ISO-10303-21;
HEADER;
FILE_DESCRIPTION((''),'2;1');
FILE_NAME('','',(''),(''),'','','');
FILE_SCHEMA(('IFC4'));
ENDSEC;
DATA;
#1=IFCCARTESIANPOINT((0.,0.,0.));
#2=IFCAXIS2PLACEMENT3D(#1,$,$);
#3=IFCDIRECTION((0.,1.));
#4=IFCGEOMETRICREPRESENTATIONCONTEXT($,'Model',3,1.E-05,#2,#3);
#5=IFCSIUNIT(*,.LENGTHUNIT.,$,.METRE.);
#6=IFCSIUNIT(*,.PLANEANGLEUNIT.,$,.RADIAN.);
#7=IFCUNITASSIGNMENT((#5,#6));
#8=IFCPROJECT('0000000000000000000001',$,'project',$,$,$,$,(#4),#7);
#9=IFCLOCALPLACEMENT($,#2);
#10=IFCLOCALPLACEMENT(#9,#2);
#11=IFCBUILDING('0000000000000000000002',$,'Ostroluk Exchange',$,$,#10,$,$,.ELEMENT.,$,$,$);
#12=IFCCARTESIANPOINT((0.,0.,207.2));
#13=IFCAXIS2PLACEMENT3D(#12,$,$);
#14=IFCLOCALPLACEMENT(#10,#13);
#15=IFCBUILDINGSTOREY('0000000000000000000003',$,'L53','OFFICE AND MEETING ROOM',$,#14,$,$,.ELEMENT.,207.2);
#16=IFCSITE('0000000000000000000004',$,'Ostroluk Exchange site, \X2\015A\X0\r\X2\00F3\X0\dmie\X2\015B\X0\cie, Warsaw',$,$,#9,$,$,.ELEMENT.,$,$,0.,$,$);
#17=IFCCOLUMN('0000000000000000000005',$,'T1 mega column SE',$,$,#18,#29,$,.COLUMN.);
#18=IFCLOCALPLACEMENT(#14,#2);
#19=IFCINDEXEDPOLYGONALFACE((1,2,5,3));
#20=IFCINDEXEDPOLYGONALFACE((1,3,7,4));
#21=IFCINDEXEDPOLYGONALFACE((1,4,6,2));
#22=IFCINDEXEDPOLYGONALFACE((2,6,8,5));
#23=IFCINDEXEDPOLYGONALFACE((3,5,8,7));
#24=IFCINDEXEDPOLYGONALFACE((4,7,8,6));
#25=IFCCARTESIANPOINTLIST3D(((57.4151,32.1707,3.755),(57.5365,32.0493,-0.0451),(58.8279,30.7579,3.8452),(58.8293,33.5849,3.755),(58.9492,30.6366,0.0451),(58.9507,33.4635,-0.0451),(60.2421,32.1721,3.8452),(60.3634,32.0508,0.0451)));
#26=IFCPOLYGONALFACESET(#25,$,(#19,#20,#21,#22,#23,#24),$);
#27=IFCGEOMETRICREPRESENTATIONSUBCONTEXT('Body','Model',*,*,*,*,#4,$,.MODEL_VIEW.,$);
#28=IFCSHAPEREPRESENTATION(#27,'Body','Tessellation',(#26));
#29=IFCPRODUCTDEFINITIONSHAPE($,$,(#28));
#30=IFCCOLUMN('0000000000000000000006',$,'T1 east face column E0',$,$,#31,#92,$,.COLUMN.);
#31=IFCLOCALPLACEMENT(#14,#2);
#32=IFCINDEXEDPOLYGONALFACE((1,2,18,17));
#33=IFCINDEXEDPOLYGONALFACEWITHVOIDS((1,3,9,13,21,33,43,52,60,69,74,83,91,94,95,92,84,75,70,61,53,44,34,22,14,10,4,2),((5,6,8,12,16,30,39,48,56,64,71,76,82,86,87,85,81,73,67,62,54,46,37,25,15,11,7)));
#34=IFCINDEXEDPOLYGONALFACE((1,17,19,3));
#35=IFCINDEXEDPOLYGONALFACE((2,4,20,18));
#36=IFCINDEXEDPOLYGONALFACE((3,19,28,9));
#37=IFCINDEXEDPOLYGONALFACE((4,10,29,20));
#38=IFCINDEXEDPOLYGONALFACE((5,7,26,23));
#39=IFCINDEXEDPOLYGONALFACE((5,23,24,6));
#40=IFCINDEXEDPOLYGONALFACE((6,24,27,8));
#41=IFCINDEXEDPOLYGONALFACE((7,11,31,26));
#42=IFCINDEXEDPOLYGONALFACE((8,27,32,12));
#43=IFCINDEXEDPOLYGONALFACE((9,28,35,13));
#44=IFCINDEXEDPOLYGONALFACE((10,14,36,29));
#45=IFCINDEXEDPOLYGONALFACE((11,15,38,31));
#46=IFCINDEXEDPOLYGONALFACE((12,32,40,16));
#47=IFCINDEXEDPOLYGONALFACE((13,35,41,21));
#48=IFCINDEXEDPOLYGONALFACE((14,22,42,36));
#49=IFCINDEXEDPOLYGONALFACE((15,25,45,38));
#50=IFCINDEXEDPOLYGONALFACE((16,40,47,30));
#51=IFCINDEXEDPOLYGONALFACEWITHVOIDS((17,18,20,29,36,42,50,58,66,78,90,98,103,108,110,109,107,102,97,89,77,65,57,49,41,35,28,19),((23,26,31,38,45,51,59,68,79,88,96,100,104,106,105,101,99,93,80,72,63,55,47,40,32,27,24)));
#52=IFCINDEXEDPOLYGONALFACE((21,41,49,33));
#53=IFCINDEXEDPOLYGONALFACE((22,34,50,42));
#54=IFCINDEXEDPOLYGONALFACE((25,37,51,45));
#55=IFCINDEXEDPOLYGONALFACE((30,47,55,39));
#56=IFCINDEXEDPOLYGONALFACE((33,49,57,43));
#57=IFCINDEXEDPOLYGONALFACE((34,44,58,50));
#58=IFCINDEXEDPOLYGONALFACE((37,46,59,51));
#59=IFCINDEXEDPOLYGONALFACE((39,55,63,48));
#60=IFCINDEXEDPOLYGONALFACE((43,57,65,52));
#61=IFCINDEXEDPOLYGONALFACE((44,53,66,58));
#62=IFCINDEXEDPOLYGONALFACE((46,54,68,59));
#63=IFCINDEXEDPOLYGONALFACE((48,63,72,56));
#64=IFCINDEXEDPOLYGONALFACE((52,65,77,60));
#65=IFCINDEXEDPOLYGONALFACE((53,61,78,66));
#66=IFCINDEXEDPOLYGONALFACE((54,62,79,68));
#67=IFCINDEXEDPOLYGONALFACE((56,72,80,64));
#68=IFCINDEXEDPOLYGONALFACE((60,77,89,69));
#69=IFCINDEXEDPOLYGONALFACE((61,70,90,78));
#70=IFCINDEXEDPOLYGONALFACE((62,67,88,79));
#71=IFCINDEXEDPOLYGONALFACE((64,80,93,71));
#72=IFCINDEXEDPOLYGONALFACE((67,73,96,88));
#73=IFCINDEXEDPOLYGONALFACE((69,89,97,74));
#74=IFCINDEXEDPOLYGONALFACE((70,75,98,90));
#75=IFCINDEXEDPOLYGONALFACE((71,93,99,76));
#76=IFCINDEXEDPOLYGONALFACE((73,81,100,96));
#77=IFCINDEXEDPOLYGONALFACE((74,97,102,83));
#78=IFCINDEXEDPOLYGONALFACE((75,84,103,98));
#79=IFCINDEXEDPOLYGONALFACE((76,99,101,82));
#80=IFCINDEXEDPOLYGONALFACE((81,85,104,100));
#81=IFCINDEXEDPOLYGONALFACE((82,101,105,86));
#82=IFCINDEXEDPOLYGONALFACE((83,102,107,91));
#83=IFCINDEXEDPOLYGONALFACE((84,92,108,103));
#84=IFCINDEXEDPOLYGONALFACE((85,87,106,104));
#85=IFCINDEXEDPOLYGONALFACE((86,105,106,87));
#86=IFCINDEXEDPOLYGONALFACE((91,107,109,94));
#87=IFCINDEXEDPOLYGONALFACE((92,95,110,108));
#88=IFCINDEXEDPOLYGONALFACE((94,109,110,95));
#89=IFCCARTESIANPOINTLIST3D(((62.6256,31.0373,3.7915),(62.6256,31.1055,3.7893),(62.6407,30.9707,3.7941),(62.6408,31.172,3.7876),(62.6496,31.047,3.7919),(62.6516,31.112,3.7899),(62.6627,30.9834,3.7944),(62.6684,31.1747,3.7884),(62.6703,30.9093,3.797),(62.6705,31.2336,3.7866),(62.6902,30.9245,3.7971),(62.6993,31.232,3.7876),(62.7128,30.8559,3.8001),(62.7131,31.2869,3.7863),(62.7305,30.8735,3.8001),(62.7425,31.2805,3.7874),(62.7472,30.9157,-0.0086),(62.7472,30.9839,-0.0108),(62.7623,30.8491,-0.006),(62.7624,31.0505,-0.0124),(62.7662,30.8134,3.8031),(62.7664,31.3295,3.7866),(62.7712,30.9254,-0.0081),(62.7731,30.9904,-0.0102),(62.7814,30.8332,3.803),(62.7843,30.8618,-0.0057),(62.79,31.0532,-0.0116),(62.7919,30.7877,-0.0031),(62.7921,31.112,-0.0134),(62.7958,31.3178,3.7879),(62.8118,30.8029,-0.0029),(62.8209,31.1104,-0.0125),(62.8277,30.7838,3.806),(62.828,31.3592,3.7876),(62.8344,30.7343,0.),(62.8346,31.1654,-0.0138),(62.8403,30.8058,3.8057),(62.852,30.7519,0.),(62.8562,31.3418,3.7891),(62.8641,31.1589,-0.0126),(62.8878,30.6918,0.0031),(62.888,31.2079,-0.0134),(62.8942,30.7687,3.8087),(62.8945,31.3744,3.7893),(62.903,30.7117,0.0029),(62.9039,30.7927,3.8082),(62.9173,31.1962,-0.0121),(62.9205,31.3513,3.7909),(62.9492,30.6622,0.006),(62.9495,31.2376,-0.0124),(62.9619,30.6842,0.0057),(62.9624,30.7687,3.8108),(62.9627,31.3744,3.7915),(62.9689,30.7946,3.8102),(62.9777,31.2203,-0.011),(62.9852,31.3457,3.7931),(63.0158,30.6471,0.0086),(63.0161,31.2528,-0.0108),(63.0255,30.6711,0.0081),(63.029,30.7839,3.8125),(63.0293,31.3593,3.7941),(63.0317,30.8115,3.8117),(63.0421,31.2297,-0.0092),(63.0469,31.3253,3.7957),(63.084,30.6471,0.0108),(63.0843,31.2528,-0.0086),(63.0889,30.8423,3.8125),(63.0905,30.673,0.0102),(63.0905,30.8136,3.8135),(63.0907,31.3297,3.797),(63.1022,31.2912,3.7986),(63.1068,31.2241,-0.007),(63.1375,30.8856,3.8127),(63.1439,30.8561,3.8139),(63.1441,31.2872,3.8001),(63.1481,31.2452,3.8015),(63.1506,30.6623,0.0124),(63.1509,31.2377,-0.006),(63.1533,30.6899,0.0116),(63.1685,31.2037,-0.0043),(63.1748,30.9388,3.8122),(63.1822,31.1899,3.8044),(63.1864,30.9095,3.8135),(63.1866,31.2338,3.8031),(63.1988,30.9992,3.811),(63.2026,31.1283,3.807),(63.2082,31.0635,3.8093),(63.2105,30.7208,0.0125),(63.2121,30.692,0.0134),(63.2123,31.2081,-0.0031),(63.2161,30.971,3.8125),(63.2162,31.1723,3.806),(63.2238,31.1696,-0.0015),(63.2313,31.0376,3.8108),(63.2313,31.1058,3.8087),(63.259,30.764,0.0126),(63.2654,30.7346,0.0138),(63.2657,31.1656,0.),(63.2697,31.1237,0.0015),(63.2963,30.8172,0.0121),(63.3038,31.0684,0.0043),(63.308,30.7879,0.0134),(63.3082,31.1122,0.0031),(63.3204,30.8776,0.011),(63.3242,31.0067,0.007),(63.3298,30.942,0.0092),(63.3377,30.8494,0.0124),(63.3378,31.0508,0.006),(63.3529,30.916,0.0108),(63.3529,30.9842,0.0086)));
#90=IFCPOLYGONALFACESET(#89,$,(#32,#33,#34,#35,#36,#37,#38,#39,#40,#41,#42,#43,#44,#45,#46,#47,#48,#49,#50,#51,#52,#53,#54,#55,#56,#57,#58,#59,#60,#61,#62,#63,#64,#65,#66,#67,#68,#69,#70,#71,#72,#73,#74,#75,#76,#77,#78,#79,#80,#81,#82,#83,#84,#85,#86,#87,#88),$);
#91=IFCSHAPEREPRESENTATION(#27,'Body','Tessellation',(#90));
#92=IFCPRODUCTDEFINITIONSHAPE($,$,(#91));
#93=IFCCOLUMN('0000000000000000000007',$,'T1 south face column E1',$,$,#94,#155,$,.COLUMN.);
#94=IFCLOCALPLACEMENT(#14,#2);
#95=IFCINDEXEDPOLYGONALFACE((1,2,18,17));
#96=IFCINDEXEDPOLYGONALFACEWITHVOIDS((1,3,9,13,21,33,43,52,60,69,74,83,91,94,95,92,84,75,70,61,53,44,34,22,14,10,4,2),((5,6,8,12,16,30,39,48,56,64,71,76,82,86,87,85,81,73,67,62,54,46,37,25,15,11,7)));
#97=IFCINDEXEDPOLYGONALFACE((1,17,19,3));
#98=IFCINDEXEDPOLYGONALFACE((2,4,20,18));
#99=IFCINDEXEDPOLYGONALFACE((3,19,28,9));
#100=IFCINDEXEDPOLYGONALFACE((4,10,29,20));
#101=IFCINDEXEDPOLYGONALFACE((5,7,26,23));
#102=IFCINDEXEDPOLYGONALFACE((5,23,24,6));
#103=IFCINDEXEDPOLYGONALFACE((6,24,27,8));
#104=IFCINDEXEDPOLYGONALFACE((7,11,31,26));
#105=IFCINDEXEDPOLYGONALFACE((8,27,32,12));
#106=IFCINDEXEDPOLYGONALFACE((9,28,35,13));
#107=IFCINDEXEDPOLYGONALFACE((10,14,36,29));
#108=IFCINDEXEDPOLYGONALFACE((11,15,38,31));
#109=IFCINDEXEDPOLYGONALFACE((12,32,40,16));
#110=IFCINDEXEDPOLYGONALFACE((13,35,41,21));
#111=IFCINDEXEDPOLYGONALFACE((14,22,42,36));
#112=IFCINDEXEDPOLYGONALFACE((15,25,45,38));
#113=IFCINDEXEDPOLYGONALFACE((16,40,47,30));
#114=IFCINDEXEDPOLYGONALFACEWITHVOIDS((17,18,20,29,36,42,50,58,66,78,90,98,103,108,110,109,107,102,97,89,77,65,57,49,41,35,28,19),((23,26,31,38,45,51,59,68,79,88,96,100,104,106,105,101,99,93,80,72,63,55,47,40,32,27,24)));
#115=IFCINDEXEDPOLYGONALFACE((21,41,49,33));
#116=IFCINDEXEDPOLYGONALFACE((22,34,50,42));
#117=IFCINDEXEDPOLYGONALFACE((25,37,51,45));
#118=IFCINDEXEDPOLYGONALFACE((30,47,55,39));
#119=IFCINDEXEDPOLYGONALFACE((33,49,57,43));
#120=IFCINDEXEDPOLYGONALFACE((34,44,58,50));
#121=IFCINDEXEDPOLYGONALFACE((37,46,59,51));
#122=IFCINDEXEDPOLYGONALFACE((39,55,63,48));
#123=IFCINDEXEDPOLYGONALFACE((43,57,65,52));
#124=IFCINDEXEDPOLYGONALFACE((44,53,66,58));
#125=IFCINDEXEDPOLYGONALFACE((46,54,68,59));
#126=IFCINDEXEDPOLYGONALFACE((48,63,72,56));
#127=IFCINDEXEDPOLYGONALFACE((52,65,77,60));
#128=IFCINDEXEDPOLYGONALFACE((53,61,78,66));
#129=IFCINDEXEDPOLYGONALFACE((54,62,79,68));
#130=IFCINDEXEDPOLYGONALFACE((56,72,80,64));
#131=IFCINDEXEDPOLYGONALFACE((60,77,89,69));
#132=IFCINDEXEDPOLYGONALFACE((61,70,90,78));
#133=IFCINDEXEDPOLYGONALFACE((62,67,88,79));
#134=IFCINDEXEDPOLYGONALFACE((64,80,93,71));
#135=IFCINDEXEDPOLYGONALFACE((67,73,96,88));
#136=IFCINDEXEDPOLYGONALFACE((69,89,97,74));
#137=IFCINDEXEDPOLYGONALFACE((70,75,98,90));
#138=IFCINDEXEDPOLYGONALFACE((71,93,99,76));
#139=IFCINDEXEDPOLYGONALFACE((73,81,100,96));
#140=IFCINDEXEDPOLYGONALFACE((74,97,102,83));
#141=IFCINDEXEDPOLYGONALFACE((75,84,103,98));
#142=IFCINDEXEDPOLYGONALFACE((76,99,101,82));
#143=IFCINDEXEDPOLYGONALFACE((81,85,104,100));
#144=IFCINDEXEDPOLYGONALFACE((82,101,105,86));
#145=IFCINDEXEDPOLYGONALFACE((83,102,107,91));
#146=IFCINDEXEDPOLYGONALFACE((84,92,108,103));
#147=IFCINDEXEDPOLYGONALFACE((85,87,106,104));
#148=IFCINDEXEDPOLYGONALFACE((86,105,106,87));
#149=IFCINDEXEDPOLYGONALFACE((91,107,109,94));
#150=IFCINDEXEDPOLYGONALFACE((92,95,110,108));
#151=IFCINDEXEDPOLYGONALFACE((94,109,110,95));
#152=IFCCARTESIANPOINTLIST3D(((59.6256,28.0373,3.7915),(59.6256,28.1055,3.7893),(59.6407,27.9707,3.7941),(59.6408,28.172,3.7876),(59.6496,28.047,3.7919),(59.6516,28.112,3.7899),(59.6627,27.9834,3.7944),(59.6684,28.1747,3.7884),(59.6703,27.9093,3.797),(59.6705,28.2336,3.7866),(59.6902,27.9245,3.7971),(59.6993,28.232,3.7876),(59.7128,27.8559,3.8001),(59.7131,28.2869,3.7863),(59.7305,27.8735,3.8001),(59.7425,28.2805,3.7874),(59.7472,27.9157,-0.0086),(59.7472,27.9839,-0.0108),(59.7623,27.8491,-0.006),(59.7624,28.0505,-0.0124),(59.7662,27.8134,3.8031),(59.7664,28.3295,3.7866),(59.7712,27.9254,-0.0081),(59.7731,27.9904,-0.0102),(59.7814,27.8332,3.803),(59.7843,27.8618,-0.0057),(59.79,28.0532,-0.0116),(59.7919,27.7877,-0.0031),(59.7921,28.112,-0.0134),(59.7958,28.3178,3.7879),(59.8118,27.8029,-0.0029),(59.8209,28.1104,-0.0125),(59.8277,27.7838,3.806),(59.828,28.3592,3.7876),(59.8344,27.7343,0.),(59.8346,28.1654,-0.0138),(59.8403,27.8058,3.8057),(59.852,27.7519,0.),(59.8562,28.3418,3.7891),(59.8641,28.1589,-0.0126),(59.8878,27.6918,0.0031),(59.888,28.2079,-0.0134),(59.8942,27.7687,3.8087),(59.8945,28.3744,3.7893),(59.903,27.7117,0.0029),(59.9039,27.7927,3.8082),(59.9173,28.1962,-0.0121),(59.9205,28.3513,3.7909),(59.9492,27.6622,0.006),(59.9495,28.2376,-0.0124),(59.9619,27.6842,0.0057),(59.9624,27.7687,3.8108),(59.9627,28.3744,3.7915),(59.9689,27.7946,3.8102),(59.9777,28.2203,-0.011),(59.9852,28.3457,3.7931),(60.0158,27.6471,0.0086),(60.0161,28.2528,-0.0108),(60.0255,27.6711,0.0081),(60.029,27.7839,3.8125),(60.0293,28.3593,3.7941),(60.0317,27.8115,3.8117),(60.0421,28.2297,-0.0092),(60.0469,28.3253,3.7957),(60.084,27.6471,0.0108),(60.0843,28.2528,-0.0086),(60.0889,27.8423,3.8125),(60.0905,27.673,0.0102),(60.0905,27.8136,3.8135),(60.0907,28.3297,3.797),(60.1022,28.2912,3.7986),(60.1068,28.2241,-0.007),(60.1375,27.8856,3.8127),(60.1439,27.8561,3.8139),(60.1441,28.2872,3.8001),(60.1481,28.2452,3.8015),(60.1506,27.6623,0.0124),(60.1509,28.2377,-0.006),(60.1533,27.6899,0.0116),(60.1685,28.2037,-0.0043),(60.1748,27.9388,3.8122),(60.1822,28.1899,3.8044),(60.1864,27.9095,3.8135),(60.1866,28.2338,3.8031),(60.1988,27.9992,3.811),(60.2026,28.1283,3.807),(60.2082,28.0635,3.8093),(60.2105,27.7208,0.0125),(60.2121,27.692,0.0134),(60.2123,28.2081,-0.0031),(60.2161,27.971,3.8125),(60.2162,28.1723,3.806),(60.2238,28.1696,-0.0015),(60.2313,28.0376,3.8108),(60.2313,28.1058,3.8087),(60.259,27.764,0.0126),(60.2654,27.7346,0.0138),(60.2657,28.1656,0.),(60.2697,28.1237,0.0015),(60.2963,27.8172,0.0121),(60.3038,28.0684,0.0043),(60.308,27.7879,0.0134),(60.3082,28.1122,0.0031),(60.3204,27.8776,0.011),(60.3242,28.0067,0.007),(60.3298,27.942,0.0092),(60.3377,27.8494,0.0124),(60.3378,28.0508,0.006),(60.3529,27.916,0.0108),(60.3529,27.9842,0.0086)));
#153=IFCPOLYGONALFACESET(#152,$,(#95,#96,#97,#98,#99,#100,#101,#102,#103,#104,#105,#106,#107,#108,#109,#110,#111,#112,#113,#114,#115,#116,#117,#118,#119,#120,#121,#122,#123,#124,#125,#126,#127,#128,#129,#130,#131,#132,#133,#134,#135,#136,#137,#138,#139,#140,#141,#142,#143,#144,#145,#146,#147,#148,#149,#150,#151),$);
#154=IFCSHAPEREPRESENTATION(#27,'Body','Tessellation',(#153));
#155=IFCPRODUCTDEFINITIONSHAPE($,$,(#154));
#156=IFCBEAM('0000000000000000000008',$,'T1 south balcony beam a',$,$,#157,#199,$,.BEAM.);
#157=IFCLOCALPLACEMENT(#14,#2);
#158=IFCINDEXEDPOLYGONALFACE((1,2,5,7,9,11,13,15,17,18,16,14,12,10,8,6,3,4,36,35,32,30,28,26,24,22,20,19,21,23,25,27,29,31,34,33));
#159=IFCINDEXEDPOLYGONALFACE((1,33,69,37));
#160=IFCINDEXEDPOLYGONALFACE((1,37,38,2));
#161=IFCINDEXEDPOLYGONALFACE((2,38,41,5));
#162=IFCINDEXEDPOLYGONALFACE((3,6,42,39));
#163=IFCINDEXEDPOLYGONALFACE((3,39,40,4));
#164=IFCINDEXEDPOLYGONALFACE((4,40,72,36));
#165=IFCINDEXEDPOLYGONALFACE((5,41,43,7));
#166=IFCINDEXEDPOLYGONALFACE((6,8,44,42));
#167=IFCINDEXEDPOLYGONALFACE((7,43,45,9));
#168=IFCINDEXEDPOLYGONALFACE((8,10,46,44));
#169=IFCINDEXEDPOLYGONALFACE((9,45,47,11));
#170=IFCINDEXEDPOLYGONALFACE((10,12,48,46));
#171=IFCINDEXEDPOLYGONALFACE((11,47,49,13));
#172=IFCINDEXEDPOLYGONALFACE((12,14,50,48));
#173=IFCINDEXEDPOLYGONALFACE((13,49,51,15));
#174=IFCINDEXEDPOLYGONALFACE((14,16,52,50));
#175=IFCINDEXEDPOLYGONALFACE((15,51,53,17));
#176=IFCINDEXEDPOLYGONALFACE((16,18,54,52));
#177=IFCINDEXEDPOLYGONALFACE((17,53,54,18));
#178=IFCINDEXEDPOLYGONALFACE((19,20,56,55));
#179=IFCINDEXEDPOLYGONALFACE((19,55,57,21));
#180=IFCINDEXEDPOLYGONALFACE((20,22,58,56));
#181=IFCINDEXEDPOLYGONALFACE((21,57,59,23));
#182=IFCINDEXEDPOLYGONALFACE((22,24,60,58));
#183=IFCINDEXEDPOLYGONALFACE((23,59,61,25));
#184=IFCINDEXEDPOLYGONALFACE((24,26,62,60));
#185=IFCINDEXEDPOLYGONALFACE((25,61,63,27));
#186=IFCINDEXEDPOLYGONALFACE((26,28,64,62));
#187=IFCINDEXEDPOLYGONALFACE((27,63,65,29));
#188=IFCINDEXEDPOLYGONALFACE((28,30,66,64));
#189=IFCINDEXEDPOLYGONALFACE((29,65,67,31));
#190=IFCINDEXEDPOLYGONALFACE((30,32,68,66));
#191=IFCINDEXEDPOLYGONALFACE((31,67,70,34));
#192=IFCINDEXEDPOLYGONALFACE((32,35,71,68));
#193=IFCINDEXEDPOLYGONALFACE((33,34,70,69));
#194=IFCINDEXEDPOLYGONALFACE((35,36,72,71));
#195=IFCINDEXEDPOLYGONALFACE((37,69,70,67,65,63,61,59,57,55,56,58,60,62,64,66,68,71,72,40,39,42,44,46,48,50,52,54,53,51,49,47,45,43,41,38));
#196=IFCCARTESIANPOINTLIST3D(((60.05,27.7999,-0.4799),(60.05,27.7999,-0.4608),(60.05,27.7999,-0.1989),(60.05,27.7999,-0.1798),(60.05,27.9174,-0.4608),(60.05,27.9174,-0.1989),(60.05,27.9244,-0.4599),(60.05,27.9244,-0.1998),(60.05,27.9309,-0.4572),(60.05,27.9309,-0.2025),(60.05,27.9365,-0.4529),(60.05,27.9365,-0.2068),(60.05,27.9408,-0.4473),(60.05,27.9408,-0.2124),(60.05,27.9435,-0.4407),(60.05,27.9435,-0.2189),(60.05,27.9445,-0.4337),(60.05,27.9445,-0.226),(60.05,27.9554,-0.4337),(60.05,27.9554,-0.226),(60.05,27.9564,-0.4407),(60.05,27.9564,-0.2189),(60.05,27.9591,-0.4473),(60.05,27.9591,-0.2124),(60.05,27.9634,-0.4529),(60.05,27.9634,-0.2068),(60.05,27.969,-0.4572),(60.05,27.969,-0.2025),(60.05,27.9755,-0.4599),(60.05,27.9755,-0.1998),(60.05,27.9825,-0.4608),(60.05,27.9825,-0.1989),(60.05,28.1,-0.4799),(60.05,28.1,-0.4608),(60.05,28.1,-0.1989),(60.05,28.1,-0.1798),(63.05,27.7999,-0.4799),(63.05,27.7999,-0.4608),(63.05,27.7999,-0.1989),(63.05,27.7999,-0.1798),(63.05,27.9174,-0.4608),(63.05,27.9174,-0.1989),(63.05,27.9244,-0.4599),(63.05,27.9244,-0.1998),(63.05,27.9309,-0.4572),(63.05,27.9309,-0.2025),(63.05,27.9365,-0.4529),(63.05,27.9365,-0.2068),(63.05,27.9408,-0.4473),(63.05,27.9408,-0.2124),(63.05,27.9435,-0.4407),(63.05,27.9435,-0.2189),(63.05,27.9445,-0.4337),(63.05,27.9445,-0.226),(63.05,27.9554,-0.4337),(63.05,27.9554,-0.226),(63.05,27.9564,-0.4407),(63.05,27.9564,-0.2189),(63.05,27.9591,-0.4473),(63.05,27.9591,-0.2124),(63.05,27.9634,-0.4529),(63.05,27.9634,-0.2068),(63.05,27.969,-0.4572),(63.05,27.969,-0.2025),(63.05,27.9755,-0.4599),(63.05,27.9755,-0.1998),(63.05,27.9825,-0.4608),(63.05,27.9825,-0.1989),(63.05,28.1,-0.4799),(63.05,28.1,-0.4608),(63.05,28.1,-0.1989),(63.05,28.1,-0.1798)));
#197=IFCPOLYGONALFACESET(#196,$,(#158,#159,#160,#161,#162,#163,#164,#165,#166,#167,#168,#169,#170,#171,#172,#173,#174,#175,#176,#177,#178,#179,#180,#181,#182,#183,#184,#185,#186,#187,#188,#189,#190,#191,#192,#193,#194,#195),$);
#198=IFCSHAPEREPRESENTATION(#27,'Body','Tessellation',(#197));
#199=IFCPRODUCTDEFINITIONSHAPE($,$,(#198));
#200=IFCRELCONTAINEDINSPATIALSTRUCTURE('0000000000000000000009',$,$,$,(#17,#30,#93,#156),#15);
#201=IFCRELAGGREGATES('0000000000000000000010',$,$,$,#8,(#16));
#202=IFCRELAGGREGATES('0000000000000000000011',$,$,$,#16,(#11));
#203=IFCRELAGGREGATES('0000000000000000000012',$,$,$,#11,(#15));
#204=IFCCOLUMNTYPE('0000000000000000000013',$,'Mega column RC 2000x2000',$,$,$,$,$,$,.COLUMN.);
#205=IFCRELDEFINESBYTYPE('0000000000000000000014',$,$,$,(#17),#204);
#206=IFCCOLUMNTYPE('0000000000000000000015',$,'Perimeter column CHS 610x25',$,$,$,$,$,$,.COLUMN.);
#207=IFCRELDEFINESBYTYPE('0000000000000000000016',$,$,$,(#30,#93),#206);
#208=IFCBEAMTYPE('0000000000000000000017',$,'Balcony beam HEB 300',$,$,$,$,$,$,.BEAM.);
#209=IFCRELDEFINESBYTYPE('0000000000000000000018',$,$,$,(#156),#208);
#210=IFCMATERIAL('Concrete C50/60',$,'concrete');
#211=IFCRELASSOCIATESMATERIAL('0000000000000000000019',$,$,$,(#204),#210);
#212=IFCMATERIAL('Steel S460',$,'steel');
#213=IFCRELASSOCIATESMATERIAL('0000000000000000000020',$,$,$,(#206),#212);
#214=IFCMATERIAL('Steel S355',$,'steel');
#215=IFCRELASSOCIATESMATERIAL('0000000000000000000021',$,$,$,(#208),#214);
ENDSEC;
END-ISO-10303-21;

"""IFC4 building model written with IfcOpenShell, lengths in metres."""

from ifc_helpers import new_model, si_unit, direction, frame, origin, origin_2d, place, context, subcontext, project, spatial, rectangle, hollow_circle, i_section, extrude, material, material_profile, profile_set, type_object, element, save


model = new_model("IFC4")

# Units and contexts
model_context = context("Model", 3, precision=1e-05, world=origin(), true_north=direction((0.0, 1.0)))
body_context = subcontext(model_context, "Body", "Model", "MODEL_VIEW")
ifc_project = project(units=[si_unit("LENGTHUNIT", "METRE"), si_unit("PLANEANGLEUNIT", "RADIAN")], contexts=[model_context])

# Site, building, storey
site_placement = place(None, origin())
site = spatial("IfcSite", under=ifc_project, at=site_placement, Name="Ostroluk Exchange site, Śródmieście, Warsaw", CompositionType="ELEMENT", RefElevation=0.0)
building_placement = place(site_placement, origin())
building = spatial("IfcBuilding", under=site, at=building_placement, Name="Ostroluk Exchange", CompositionType="ELEMENT")
storey_placement = place(building_placement, frame((0.0, 0.0, 207.2)))
storey = spatial("IfcBuildingStorey", under=building, at=storey_placement, Name="L53", Description="OFFICE AND MEETING ROOM", CompositionType="ELEMENT", Elevation=207.2)

# Columns
ifc_material_1 = material(Name="Concrete C50/60", Category="concrete")
ifc_material_profile_1 = material_profile(ifc_material_1, rectangle(XDim=2.0, YDim=2.0, at=origin_2d()), Name="RC 2000x2000")
ifc_profile_set_1 = profile_set([ifc_material_profile_1], Name="Concrete C50/60")
column_type_1 = type_object("IfcColumnType", Name="Mega column RC 2000x2000", PredefinedType="COLUMN", material=ifc_profile_set_1)
column_placement = place(storey_placement, frame((58.95, 32.05, 0.0), z_axis=(-0.031898, 0.031898, 0.998982), x_axis=(-0.707107, -0.707107, 0.0)))
element("IfcColumn", 1, at=column_placement, inside=storey, type_object=column_type_1, Name="T1 mega column SE", PredefinedType="COLUMN", context=body_context, shape_type="SweptSolid", body=[
    extrude(rectangle(XDim=2.0, YDim=2.0, at=origin_2d()), origin(), (0.0, 0.0, 1.0), 3.804),
])
ifc_material_2 = material(Name="Steel S460", Category="steel")
ifc_material_profile_2 = material_profile(ifc_material_2, hollow_circle(Radius=0.3049, WallThickness=0.0249, at=origin_2d()), Name="CHS 610x25")
ifc_profile_set_2 = profile_set([ifc_material_profile_2], Name="Steel S460")
column_type_2 = type_object("IfcColumnType", Name="Perimeter column CHS 610x25", PredefinedType="COLUMN", material=ifc_profile_set_2)
for number, where, z_axis, x_axis, name in (
    (2, (63.05, 30.95, 0.0), (-0.031962, 0.031962, 0.998978), (-0.707107, -0.707107, 0.0), "T1 east face column E0"),
    (3, (60.05, 27.95, 0.0), (-0.031962, 0.031962, 0.998978), (-0.707107, -0.707107, 0.0), "T1 south face column E1"),
):
    element("IfcColumn", number, at=place(storey_placement, frame(where, z_axis=z_axis, x_axis=x_axis)), inside=storey, type_object=column_type_2, Name=name, PredefinedType="COLUMN", context=body_context, shape_type="SweptSolid", body=[
        extrude(hollow_circle(Radius=0.3049, WallThickness=0.0249, at=origin_2d()), origin(), (0.0, 0.0, 1.0), 3.804),
    ])

# Beam
ifc_material_3 = material(Name="Steel S355", Category="steel")
ifc_material_profile_3 = material_profile(ifc_material_3, i_section(OverallWidth=0.3, OverallDepth=0.3, WebThickness=0.011, FlangeThickness=0.019, FilletRadius=0.0271, at=origin_2d()), Name="HEB 300")
ifc_profile_set_3 = profile_set([ifc_material_profile_3], Name="Steel S355")
beam_type_1 = type_object("IfcBeamType", Name="Balcony beam HEB 300", PredefinedType="BEAM", material=ifc_profile_set_3)
for number, where, z_axis, x_axis, name in (
    (4, (60.05, 27.95, -0.3298), (1.0, 0.0, 0.0), (0.0, 1.0, 0.0), "T1 south balcony beam a"),
):
    element("IfcBeam", number, at=place(storey_placement, frame(where, z_axis=z_axis, x_axis=x_axis)), inside=storey, type_object=beam_type_1, Name=name, PredefinedType="BEAM", context=body_context, shape_type="SweptSolid", body=[
        extrude(i_section(OverallWidth=0.3, OverallDepth=0.3, WebThickness=0.011, FlangeThickness=0.019, FilletRadius=0.0271, at=origin_2d()), origin(), (0.0, 0.0, 1.0), 3.0),
    ])

save(model, "model.ifc")
